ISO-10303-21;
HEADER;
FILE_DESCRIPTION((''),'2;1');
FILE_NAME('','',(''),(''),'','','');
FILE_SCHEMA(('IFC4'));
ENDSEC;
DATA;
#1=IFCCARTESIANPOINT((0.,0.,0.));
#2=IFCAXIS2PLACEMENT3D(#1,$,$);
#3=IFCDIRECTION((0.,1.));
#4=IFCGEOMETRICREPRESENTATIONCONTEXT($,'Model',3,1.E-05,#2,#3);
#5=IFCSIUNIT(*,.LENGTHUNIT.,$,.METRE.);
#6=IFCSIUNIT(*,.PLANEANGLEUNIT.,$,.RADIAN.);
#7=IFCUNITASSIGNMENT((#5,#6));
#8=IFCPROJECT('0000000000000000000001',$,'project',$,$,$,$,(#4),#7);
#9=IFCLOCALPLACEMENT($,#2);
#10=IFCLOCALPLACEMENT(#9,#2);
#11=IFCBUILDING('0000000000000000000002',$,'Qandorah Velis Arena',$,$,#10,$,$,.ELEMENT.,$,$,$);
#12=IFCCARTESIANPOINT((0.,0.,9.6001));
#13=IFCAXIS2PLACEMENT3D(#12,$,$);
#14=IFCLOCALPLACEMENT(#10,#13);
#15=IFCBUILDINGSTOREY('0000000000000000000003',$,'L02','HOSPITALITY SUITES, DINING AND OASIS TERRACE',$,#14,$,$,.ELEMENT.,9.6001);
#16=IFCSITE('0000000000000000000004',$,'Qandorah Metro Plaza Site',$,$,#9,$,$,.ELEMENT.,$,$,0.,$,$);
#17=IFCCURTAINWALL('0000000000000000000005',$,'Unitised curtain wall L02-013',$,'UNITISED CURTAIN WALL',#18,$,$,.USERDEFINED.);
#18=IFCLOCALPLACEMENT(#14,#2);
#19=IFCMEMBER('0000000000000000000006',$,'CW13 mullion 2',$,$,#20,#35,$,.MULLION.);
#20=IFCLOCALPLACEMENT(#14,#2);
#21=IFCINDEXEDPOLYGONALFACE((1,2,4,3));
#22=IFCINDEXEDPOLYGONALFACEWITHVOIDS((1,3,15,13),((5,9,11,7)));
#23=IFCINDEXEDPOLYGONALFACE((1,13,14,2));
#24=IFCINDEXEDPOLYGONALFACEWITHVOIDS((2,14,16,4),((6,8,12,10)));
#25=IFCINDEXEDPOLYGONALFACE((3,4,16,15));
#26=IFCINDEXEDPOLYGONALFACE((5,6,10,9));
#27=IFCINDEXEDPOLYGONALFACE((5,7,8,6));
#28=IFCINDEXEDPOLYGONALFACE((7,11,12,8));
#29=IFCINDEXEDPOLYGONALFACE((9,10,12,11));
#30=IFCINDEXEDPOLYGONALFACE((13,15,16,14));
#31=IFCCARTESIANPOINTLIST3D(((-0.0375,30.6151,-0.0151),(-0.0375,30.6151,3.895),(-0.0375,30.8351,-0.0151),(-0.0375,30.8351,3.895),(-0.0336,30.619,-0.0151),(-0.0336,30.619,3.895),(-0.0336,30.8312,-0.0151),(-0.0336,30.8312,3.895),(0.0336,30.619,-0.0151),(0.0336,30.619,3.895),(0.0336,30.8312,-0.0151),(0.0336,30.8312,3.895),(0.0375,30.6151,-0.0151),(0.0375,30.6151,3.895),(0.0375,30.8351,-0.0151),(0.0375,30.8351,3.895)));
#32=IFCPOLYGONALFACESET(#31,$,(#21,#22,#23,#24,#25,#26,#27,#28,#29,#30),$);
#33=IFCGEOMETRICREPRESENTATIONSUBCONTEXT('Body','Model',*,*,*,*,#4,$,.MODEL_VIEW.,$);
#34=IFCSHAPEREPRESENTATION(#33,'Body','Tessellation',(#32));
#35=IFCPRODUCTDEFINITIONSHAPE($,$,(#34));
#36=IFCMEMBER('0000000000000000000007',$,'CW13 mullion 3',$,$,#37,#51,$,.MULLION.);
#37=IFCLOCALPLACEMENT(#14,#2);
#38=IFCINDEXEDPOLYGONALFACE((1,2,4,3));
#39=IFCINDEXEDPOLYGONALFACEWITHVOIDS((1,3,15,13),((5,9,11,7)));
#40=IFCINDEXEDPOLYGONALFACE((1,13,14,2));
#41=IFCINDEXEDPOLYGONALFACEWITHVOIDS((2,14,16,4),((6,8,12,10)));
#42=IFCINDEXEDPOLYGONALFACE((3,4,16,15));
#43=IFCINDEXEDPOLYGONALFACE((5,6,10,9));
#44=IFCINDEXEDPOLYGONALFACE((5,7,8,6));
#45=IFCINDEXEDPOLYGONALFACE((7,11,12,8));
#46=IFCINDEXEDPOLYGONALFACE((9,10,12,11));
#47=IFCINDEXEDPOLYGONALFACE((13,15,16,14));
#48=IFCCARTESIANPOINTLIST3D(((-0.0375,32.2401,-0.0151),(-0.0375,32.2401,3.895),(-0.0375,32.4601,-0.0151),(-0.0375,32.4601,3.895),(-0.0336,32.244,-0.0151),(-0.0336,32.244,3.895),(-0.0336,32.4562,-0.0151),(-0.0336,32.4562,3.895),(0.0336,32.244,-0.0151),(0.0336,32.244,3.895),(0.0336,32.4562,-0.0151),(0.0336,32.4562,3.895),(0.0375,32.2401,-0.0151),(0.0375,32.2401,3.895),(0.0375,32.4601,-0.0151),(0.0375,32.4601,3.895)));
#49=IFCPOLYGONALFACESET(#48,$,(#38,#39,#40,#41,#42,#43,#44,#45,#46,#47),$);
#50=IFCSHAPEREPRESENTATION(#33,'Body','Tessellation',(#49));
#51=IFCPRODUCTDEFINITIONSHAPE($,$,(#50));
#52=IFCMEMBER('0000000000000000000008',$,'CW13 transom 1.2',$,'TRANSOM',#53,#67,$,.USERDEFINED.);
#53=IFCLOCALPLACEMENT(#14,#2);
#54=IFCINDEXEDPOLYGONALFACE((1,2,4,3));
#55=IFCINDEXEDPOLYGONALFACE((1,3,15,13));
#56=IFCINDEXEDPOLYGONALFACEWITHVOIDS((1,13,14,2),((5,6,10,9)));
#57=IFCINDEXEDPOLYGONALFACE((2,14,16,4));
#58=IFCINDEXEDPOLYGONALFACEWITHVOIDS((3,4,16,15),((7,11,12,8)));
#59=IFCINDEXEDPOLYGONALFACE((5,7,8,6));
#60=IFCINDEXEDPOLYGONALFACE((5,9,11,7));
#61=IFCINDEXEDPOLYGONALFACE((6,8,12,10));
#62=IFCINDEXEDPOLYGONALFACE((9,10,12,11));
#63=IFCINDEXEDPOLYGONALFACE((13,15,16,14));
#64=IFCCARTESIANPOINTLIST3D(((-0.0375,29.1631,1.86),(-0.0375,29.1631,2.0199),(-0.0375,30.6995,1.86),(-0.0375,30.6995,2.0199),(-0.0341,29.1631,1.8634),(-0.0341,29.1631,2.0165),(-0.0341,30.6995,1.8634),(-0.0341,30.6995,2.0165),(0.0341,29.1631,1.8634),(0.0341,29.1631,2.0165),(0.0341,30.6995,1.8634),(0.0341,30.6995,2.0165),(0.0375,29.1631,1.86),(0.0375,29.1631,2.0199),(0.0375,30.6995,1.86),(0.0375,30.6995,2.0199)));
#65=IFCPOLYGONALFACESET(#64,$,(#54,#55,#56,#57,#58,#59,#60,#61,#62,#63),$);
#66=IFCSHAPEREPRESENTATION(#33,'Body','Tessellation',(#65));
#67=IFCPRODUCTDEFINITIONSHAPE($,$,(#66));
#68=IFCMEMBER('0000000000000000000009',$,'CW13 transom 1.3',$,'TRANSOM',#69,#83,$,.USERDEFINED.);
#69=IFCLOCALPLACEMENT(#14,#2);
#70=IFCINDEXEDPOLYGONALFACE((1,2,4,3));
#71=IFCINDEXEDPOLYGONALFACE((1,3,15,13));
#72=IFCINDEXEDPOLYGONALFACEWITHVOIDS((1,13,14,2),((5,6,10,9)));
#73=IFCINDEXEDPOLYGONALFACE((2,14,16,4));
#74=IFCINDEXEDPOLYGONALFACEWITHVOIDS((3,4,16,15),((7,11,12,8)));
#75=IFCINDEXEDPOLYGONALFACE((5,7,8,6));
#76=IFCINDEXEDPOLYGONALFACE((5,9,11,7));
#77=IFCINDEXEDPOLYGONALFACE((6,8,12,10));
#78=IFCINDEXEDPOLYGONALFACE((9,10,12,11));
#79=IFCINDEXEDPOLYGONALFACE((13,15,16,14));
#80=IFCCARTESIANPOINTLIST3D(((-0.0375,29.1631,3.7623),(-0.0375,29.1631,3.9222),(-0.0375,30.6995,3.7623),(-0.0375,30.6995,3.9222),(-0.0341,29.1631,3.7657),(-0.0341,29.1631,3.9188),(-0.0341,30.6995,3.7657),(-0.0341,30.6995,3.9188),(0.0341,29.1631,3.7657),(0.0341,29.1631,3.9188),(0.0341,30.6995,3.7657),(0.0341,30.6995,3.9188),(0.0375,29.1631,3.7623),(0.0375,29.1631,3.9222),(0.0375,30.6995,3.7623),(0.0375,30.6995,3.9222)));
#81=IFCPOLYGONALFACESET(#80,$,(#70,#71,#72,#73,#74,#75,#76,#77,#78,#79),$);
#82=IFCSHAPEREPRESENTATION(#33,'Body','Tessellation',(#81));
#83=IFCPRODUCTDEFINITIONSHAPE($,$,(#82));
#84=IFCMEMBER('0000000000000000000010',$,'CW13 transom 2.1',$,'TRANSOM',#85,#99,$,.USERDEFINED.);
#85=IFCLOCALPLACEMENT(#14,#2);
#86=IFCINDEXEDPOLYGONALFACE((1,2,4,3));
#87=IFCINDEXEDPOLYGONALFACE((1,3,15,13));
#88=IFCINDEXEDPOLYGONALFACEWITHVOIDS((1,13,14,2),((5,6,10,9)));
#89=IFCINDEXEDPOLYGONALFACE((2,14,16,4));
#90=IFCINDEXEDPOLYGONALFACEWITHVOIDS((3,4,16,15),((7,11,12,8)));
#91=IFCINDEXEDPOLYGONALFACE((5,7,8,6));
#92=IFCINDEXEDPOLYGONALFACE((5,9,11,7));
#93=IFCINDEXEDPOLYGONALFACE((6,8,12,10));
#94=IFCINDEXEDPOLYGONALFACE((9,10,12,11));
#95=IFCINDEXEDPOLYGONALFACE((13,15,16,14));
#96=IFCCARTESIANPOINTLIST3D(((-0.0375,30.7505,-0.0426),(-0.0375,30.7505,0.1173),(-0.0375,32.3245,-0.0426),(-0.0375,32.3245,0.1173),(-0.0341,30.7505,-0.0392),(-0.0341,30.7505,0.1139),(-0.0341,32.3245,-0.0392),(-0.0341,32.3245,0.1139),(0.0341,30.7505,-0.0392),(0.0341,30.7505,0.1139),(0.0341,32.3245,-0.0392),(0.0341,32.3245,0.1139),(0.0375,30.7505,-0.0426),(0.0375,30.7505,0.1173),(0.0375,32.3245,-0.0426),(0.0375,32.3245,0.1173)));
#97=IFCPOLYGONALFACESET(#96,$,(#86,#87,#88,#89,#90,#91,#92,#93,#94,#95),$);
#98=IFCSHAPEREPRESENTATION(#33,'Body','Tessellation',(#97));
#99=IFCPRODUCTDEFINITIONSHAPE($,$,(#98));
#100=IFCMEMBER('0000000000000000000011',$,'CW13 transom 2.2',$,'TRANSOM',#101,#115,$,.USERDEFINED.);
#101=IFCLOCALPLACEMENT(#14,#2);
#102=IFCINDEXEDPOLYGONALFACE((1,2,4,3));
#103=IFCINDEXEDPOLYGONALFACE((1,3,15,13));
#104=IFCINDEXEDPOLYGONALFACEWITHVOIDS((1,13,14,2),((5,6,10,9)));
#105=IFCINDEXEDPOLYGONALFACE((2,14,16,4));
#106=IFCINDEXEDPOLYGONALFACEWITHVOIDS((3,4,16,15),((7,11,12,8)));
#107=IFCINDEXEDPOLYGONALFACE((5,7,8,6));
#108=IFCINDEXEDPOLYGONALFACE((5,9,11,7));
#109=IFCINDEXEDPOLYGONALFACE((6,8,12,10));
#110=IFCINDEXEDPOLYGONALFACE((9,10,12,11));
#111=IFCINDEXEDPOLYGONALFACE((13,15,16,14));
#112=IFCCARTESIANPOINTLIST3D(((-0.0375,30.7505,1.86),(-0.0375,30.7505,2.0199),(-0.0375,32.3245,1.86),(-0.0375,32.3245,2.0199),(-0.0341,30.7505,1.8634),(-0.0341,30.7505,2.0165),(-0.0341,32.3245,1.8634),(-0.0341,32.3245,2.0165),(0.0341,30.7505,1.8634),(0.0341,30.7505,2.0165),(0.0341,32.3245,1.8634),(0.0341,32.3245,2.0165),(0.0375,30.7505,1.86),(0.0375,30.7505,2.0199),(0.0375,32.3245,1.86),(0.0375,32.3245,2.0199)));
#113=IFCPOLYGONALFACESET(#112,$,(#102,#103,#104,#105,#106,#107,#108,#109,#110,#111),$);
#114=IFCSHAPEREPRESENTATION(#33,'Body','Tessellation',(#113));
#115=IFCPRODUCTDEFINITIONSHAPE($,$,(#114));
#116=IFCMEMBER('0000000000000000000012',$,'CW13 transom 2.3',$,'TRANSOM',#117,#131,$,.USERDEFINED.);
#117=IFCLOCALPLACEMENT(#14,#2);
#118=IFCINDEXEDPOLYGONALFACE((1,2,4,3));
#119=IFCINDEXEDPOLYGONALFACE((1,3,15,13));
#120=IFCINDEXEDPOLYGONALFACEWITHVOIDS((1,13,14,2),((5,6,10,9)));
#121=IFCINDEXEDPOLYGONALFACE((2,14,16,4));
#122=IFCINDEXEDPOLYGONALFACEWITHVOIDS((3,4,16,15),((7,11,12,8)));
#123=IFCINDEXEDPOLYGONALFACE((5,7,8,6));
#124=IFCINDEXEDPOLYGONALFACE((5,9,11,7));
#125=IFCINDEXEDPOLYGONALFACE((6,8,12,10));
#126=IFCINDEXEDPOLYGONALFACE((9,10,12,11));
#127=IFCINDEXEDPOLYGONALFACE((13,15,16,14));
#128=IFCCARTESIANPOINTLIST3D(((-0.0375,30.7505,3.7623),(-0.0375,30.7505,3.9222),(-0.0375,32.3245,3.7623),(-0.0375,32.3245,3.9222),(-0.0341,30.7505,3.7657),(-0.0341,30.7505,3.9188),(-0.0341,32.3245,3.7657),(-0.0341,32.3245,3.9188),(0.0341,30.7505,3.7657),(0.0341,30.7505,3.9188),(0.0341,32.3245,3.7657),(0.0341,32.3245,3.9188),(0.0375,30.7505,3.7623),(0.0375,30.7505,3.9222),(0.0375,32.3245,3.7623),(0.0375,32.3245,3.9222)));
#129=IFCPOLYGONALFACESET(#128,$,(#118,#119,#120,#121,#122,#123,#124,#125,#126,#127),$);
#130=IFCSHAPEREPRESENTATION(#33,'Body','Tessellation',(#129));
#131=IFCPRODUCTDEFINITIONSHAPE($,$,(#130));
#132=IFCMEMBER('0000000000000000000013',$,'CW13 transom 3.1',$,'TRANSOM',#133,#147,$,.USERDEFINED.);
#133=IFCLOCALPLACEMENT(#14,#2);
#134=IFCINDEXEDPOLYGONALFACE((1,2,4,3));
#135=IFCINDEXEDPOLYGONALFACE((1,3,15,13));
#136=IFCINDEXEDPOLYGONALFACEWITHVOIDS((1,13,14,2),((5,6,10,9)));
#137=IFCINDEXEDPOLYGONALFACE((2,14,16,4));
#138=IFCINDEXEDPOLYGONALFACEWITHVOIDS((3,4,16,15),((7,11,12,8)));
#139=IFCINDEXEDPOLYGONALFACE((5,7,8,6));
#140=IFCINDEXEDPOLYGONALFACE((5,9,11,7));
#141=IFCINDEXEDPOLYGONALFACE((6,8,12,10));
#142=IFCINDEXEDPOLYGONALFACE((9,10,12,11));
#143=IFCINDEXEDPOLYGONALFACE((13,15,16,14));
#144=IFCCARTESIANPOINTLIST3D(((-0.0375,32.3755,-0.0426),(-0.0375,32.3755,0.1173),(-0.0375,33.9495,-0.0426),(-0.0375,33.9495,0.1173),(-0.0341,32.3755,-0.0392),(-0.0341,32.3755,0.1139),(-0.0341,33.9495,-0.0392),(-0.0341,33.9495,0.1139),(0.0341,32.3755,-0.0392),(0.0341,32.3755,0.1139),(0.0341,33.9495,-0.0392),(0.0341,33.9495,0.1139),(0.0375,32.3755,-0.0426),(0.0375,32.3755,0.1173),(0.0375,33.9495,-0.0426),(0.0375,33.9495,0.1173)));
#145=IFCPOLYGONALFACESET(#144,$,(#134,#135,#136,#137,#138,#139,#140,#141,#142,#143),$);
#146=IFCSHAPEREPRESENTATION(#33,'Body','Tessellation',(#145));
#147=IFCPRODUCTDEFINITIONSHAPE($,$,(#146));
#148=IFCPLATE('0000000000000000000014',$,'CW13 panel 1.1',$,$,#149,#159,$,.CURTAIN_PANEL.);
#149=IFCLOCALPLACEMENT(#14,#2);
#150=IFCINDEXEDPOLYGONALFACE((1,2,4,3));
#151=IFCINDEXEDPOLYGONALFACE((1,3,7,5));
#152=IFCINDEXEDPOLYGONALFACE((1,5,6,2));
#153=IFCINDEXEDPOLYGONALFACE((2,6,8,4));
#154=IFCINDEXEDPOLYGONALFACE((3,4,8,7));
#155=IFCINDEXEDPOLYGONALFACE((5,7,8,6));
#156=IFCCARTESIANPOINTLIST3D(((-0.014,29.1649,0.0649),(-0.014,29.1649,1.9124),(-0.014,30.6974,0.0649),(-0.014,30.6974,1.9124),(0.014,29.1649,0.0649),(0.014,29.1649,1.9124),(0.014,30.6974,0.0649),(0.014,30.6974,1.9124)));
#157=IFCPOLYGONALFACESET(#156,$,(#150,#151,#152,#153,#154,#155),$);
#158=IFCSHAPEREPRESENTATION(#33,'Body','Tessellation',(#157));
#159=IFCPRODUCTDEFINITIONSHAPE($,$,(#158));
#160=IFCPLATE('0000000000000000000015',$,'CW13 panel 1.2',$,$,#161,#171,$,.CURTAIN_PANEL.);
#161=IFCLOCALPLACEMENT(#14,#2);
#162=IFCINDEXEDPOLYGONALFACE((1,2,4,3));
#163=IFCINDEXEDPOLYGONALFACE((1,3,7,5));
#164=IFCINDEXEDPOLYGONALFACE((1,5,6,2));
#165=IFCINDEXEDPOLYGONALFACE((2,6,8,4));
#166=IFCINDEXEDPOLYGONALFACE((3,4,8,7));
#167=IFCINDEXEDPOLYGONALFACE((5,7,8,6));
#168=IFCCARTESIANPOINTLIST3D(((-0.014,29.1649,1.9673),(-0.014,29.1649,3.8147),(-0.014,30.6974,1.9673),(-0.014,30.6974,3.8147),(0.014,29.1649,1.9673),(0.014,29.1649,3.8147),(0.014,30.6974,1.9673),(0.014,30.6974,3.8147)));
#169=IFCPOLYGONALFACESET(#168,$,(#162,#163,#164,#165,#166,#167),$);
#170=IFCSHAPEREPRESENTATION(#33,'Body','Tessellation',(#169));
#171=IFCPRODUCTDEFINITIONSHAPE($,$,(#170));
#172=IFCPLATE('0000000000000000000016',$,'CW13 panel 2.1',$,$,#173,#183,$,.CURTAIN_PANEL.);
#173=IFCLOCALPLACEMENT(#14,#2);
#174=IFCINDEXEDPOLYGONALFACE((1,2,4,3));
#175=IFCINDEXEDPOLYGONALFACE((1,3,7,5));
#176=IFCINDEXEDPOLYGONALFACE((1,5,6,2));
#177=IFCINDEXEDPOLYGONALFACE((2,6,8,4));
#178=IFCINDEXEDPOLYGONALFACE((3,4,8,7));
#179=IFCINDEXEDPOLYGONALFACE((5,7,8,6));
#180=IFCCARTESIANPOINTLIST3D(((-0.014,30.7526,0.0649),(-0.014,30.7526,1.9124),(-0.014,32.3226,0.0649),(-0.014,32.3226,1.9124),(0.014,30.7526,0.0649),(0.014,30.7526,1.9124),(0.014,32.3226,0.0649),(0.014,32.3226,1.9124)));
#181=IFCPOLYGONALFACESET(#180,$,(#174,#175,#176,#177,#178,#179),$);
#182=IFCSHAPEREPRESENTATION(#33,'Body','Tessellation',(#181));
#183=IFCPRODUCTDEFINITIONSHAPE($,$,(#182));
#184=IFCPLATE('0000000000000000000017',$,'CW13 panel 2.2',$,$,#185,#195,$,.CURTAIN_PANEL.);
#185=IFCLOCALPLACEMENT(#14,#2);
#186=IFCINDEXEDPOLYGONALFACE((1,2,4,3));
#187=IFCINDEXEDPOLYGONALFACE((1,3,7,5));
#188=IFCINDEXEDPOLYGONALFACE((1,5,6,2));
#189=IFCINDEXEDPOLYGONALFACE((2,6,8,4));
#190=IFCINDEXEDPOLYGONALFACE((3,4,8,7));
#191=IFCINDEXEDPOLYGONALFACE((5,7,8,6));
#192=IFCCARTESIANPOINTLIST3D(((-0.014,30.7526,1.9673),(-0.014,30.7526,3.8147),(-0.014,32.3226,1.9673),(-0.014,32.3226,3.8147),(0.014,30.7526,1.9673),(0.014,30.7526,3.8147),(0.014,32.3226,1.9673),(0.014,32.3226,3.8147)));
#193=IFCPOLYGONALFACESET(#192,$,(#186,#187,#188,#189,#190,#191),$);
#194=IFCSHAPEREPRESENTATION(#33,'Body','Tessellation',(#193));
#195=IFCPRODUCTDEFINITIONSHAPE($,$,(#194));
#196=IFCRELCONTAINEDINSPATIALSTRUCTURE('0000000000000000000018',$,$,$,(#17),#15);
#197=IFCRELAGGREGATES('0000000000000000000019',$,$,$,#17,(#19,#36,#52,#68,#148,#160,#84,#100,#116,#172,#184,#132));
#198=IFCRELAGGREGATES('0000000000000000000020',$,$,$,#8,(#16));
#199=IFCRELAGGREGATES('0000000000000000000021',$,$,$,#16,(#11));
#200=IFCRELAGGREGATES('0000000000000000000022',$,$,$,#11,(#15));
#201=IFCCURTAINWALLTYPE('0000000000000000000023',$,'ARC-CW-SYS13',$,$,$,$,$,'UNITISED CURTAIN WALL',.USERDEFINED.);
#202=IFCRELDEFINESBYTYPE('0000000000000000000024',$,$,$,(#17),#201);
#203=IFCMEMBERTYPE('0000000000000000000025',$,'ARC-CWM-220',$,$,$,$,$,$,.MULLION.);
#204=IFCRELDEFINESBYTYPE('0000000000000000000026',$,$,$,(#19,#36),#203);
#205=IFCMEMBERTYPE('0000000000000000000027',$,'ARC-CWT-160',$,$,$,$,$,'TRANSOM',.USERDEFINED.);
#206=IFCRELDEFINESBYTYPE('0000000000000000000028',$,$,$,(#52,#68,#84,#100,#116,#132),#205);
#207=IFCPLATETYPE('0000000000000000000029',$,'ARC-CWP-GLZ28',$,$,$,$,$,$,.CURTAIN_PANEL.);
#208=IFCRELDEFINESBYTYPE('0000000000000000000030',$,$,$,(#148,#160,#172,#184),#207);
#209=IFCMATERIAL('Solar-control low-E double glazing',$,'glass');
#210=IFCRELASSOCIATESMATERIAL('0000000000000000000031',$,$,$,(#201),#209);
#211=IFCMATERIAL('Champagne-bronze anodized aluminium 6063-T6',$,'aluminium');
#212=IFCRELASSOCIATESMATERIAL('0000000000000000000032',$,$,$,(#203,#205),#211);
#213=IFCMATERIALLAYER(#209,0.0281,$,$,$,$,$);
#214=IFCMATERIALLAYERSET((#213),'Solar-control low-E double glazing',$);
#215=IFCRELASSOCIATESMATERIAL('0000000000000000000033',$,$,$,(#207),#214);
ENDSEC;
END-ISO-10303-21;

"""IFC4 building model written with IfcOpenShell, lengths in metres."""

from ifc_helpers import new_model, si_unit, direction, frame, origin, origin_2d, place, context, subcontext, project, spatial, rectangle, hollow_rectangle, extrude, material, layer, layer_set, material_profile, profile_set, type_object, element, aggregate, save


model = new_model("IFC4")

# Units and contexts
model_context = context("Model", 3, precision=1e-05, world=origin(), true_north=direction((0.0, 1.0)))
body_context = subcontext(model_context, "Body", "Model", "MODEL_VIEW")
ifc_project = project(units=[si_unit("LENGTHUNIT", "METRE"), si_unit("PLANEANGLEUNIT", "RADIAN")], contexts=[model_context])

# Site, building, storey
site_placement = place(None, origin())
site = spatial("IfcSite", under=ifc_project, at=site_placement, Name="Qandorah Metro Plaza Site", CompositionType="ELEMENT", RefElevation=0.0)
building_placement = place(site_placement, origin())
building = spatial("IfcBuilding", under=site, at=building_placement, Name="Qandorah Velis Arena", CompositionType="ELEMENT")
storey_placement = place(building_placement, frame((0.0, 0.0, 9.6001)))
storey = spatial("IfcBuildingStorey", under=building, at=storey_placement, Name="L02", Description="HOSPITALITY SUITES, DINING AND OASIS TERRACE", CompositionType="ELEMENT", Elevation=9.6001)

# Curtain wall, members, plates
ifc_material_1 = material(Name="Solar-control low-E double glazing", Category="glass")
curtain_wall_type = type_object("IfcCurtainWallType", Name="ARC-CW-SYS13", ElementType="UNITISED CURTAIN WALL", PredefinedType="USERDEFINED", material=ifc_material_1)
curtain_wall_placement = place(storey_placement, origin())
curtain_wall = element("IfcCurtainWall", 1, at=curtain_wall_placement, inside=storey, type_object=curtain_wall_type, Name="Unitised curtain wall L02-013", ObjectType="UNITISED CURTAIN WALL", PredefinedType="USERDEFINED")
ifc_material_2 = material(Name="Champagne-bronze anodized aluminium 6063-T6", Category="aluminium")
ifc_material_profile_1 = material_profile(ifc_material_2, hollow_rectangle(XDim=0.075, YDim=0.22, WallThickness=0.0039, at=origin_2d()), Name="ALU MULLION 75x220")
ifc_profile_set_1 = profile_set([ifc_material_profile_1], Name="Champagne-bronze anodized aluminium 6063-T6")
member_type_1 = type_object("IfcMemberType", Name="ARC-CWM-220", PredefinedType="MULLION", material=ifc_profile_set_1)
member_1_placement = place(storey_placement, frame((0.0, 30.7251, -0.0151), z_axis=(0.0, 0.0, 1.0), x_axis=(-1.0, 0.0, 0.0)))
member_1 = element("IfcMember", 2, at=member_1_placement, type_object=member_type_1, Name="CW13 mullion 2", PredefinedType="MULLION", context=body_context, shape_type="SweptSolid", body=[
    extrude(hollow_rectangle(XDim=0.075, YDim=0.22, WallThickness=0.0039, at=origin_2d()), origin(), (0.0, 0.0, 1.0), 3.9102),
])
member_2_placement = place(storey_placement, frame((0.0, 32.3501, -0.0151), z_axis=(0.0, 0.0, 1.0), x_axis=(-1.0, 0.0, 0.0)))
member_2 = element("IfcMember", 3, at=member_2_placement, type_object=member_type_1, Name="CW13 mullion 3", PredefinedType="MULLION", context=body_context, shape_type="SweptSolid", body=[
    extrude(hollow_rectangle(XDim=0.075, YDim=0.22, WallThickness=0.0039, at=origin_2d()), origin(), (0.0, 0.0, 1.0), 3.9102),
])
ifc_material_profile_2 = material_profile(ifc_material_2, hollow_rectangle(XDim=0.075, YDim=0.1599, WallThickness=0.0034, at=origin_2d()), Name="ALU TRANSOM 75x160")
ifc_profile_set_2 = profile_set([ifc_material_profile_2], Name="Champagne-bronze anodized aluminium 6063-T6")
member_type_2 = type_object("IfcMemberType", Name="ARC-CWT-160", ElementType="TRANSOM", PredefinedType="USERDEFINED", material=ifc_profile_set_2)
member_3_placement = place(storey_placement, frame((0.0, 29.1631, 1.9399), z_axis=(0.0, 1.0, 0.0), x_axis=(-1.0, 0.0, 0.0)))
member_3 = element("IfcMember", 4, at=member_3_placement, type_object=member_type_2, Name="CW13 transom 1.2", ObjectType="TRANSOM", PredefinedType="USERDEFINED", context=body_context, shape_type="SweptSolid", body=[
    extrude(hollow_rectangle(XDim=0.075, YDim=0.1599, WallThickness=0.0034, at=origin_2d()), origin(), (0.0, 0.0, 1.0), 1.5364),
])
member_4_placement = place(storey_placement, frame((0.0, 29.1631, 3.8423), z_axis=(0.0, 1.0, 0.0), x_axis=(-1.0, 0.0, 0.0)))
member_4 = element("IfcMember", 5, at=member_4_placement, type_object=member_type_2, Name="CW13 transom 1.3", ObjectType="TRANSOM", PredefinedType="USERDEFINED", context=body_context, shape_type="SweptSolid", body=[
    extrude(hollow_rectangle(XDim=0.075, YDim=0.1599, WallThickness=0.0034, at=origin_2d()), origin(), (0.0, 0.0, 1.0), 1.5364),
])
member_5_placement = place(storey_placement, frame((0.0, 30.7505, 0.0374), z_axis=(0.0, 1.0, 0.0), x_axis=(-1.0, 0.0, 0.0)))
member_5 = element("IfcMember", 6, at=member_5_placement, type_object=member_type_2, Name="CW13 transom 2.1", ObjectType="TRANSOM", PredefinedType="USERDEFINED", context=body_context, shape_type="SweptSolid", body=[
    extrude(hollow_rectangle(XDim=0.075, YDim=0.1599, WallThickness=0.0034, at=origin_2d()), origin(), (0.0, 0.0, 1.0), 1.574),
])
member_6_placement = place(storey_placement, frame((0.0, 30.7505, 1.9399), z_axis=(0.0, 1.0, 0.0), x_axis=(-1.0, 0.0, 0.0)))
member_6 = element("IfcMember", 7, at=member_6_placement, type_object=member_type_2, Name="CW13 transom 2.2", ObjectType="TRANSOM", PredefinedType="USERDEFINED", context=body_context, shape_type="SweptSolid", body=[
    extrude(hollow_rectangle(XDim=0.075, YDim=0.1599, WallThickness=0.0034, at=origin_2d()), origin(), (0.0, 0.0, 1.0), 1.574),
])
member_7_placement = place(storey_placement, frame((0.0, 30.7505, 3.8423), z_axis=(0.0, 1.0, 0.0), x_axis=(-1.0, 0.0, 0.0)))
member_7 = element("IfcMember", 8, at=member_7_placement, type_object=member_type_2, Name="CW13 transom 2.3", ObjectType="TRANSOM", PredefinedType="USERDEFINED", context=body_context, shape_type="SweptSolid", body=[
    extrude(hollow_rectangle(XDim=0.075, YDim=0.1599, WallThickness=0.0034, at=origin_2d()), origin(), (0.0, 0.0, 1.0), 1.574),
])
member_8_placement = place(storey_placement, frame((0.0, 32.3755, 0.0374), z_axis=(0.0, 1.0, 0.0), x_axis=(-1.0, 0.0, 0.0)))
member_8 = element("IfcMember", 9, at=member_8_placement, type_object=member_type_2, Name="CW13 transom 3.1", ObjectType="TRANSOM", PredefinedType="USERDEFINED", context=body_context, shape_type="SweptSolid", body=[
    extrude(hollow_rectangle(XDim=0.075, YDim=0.1599, WallThickness=0.0034, at=origin_2d()), origin(), (0.0, 0.0, 1.0), 1.574),
])
ifc_layer_1 = layer(ifc_material_1, 0.0281)
ifc_layer_set_1 = layer_set([ifc_layer_1], Name="Solar-control low-E double glazing")
plate_type = type_object("IfcPlateType", Name="ARC-CWP-GLZ28", PredefinedType="CURTAIN_PANEL", material=ifc_layer_set_1)
plate_1_placement = place(storey_placement, frame((0.0, 29.9312, 0.0649), z_axis=(0.0, 0.0, 1.0), x_axis=(0.0, 1.0, 0.0)))
plate_1 = element("IfcPlate", 10, at=plate_1_placement, type_object=plate_type, Name="CW13 panel 1.1", PredefinedType="CURTAIN_PANEL", context=body_context, shape_type="SweptSolid", body=[
    extrude(rectangle(XDim=1.5325, YDim=0.0281, at=origin_2d()), origin(), (0.0, 0.0, 1.0), 1.8474),
])
plate_2_placement = place(storey_placement, frame((0.0, 29.9312, 1.9673), z_axis=(0.0, 0.0, 1.0), x_axis=(0.0, 1.0, 0.0)))
plate_2 = element("IfcPlate", 11, at=plate_2_placement, type_object=plate_type, Name="CW13 panel 1.2", PredefinedType="CURTAIN_PANEL", context=body_context, shape_type="SweptSolid", body=[
    extrude(rectangle(XDim=1.5325, YDim=0.0281, at=origin_2d()), origin(), (0.0, 0.0, 1.0), 1.8474),
])
plate_3_placement = place(storey_placement, frame((0.0, 31.5376, 0.0649), z_axis=(0.0, 0.0, 1.0), x_axis=(0.0, 1.0, 0.0)))
plate_3 = element("IfcPlate", 12, at=plate_3_placement, type_object=plate_type, Name="CW13 panel 2.1", PredefinedType="CURTAIN_PANEL", context=body_context, shape_type="SweptSolid", body=[
    extrude(rectangle(XDim=1.5701, YDim=0.0281, at=origin_2d()), origin(), (0.0, 0.0, 1.0), 1.8474),
])
plate_4_placement = place(storey_placement, frame((0.0, 31.5376, 1.9673), z_axis=(0.0, 0.0, 1.0), x_axis=(0.0, 1.0, 0.0)))
plate_4 = element("IfcPlate", 13, at=plate_4_placement, type_object=plate_type, Name="CW13 panel 2.2", PredefinedType="CURTAIN_PANEL", context=body_context, shape_type="SweptSolid", body=[
    extrude(rectangle(XDim=1.5701, YDim=0.0281, at=origin_2d()), origin(), (0.0, 0.0, 1.0), 1.8474),
])
aggregate(curtain_wall, [member_1, member_2, member_3, member_4, plate_1, plate_2, member_5, member_6, member_7, plate_3, plate_4, member_8])

save(model, "model.ifc")
